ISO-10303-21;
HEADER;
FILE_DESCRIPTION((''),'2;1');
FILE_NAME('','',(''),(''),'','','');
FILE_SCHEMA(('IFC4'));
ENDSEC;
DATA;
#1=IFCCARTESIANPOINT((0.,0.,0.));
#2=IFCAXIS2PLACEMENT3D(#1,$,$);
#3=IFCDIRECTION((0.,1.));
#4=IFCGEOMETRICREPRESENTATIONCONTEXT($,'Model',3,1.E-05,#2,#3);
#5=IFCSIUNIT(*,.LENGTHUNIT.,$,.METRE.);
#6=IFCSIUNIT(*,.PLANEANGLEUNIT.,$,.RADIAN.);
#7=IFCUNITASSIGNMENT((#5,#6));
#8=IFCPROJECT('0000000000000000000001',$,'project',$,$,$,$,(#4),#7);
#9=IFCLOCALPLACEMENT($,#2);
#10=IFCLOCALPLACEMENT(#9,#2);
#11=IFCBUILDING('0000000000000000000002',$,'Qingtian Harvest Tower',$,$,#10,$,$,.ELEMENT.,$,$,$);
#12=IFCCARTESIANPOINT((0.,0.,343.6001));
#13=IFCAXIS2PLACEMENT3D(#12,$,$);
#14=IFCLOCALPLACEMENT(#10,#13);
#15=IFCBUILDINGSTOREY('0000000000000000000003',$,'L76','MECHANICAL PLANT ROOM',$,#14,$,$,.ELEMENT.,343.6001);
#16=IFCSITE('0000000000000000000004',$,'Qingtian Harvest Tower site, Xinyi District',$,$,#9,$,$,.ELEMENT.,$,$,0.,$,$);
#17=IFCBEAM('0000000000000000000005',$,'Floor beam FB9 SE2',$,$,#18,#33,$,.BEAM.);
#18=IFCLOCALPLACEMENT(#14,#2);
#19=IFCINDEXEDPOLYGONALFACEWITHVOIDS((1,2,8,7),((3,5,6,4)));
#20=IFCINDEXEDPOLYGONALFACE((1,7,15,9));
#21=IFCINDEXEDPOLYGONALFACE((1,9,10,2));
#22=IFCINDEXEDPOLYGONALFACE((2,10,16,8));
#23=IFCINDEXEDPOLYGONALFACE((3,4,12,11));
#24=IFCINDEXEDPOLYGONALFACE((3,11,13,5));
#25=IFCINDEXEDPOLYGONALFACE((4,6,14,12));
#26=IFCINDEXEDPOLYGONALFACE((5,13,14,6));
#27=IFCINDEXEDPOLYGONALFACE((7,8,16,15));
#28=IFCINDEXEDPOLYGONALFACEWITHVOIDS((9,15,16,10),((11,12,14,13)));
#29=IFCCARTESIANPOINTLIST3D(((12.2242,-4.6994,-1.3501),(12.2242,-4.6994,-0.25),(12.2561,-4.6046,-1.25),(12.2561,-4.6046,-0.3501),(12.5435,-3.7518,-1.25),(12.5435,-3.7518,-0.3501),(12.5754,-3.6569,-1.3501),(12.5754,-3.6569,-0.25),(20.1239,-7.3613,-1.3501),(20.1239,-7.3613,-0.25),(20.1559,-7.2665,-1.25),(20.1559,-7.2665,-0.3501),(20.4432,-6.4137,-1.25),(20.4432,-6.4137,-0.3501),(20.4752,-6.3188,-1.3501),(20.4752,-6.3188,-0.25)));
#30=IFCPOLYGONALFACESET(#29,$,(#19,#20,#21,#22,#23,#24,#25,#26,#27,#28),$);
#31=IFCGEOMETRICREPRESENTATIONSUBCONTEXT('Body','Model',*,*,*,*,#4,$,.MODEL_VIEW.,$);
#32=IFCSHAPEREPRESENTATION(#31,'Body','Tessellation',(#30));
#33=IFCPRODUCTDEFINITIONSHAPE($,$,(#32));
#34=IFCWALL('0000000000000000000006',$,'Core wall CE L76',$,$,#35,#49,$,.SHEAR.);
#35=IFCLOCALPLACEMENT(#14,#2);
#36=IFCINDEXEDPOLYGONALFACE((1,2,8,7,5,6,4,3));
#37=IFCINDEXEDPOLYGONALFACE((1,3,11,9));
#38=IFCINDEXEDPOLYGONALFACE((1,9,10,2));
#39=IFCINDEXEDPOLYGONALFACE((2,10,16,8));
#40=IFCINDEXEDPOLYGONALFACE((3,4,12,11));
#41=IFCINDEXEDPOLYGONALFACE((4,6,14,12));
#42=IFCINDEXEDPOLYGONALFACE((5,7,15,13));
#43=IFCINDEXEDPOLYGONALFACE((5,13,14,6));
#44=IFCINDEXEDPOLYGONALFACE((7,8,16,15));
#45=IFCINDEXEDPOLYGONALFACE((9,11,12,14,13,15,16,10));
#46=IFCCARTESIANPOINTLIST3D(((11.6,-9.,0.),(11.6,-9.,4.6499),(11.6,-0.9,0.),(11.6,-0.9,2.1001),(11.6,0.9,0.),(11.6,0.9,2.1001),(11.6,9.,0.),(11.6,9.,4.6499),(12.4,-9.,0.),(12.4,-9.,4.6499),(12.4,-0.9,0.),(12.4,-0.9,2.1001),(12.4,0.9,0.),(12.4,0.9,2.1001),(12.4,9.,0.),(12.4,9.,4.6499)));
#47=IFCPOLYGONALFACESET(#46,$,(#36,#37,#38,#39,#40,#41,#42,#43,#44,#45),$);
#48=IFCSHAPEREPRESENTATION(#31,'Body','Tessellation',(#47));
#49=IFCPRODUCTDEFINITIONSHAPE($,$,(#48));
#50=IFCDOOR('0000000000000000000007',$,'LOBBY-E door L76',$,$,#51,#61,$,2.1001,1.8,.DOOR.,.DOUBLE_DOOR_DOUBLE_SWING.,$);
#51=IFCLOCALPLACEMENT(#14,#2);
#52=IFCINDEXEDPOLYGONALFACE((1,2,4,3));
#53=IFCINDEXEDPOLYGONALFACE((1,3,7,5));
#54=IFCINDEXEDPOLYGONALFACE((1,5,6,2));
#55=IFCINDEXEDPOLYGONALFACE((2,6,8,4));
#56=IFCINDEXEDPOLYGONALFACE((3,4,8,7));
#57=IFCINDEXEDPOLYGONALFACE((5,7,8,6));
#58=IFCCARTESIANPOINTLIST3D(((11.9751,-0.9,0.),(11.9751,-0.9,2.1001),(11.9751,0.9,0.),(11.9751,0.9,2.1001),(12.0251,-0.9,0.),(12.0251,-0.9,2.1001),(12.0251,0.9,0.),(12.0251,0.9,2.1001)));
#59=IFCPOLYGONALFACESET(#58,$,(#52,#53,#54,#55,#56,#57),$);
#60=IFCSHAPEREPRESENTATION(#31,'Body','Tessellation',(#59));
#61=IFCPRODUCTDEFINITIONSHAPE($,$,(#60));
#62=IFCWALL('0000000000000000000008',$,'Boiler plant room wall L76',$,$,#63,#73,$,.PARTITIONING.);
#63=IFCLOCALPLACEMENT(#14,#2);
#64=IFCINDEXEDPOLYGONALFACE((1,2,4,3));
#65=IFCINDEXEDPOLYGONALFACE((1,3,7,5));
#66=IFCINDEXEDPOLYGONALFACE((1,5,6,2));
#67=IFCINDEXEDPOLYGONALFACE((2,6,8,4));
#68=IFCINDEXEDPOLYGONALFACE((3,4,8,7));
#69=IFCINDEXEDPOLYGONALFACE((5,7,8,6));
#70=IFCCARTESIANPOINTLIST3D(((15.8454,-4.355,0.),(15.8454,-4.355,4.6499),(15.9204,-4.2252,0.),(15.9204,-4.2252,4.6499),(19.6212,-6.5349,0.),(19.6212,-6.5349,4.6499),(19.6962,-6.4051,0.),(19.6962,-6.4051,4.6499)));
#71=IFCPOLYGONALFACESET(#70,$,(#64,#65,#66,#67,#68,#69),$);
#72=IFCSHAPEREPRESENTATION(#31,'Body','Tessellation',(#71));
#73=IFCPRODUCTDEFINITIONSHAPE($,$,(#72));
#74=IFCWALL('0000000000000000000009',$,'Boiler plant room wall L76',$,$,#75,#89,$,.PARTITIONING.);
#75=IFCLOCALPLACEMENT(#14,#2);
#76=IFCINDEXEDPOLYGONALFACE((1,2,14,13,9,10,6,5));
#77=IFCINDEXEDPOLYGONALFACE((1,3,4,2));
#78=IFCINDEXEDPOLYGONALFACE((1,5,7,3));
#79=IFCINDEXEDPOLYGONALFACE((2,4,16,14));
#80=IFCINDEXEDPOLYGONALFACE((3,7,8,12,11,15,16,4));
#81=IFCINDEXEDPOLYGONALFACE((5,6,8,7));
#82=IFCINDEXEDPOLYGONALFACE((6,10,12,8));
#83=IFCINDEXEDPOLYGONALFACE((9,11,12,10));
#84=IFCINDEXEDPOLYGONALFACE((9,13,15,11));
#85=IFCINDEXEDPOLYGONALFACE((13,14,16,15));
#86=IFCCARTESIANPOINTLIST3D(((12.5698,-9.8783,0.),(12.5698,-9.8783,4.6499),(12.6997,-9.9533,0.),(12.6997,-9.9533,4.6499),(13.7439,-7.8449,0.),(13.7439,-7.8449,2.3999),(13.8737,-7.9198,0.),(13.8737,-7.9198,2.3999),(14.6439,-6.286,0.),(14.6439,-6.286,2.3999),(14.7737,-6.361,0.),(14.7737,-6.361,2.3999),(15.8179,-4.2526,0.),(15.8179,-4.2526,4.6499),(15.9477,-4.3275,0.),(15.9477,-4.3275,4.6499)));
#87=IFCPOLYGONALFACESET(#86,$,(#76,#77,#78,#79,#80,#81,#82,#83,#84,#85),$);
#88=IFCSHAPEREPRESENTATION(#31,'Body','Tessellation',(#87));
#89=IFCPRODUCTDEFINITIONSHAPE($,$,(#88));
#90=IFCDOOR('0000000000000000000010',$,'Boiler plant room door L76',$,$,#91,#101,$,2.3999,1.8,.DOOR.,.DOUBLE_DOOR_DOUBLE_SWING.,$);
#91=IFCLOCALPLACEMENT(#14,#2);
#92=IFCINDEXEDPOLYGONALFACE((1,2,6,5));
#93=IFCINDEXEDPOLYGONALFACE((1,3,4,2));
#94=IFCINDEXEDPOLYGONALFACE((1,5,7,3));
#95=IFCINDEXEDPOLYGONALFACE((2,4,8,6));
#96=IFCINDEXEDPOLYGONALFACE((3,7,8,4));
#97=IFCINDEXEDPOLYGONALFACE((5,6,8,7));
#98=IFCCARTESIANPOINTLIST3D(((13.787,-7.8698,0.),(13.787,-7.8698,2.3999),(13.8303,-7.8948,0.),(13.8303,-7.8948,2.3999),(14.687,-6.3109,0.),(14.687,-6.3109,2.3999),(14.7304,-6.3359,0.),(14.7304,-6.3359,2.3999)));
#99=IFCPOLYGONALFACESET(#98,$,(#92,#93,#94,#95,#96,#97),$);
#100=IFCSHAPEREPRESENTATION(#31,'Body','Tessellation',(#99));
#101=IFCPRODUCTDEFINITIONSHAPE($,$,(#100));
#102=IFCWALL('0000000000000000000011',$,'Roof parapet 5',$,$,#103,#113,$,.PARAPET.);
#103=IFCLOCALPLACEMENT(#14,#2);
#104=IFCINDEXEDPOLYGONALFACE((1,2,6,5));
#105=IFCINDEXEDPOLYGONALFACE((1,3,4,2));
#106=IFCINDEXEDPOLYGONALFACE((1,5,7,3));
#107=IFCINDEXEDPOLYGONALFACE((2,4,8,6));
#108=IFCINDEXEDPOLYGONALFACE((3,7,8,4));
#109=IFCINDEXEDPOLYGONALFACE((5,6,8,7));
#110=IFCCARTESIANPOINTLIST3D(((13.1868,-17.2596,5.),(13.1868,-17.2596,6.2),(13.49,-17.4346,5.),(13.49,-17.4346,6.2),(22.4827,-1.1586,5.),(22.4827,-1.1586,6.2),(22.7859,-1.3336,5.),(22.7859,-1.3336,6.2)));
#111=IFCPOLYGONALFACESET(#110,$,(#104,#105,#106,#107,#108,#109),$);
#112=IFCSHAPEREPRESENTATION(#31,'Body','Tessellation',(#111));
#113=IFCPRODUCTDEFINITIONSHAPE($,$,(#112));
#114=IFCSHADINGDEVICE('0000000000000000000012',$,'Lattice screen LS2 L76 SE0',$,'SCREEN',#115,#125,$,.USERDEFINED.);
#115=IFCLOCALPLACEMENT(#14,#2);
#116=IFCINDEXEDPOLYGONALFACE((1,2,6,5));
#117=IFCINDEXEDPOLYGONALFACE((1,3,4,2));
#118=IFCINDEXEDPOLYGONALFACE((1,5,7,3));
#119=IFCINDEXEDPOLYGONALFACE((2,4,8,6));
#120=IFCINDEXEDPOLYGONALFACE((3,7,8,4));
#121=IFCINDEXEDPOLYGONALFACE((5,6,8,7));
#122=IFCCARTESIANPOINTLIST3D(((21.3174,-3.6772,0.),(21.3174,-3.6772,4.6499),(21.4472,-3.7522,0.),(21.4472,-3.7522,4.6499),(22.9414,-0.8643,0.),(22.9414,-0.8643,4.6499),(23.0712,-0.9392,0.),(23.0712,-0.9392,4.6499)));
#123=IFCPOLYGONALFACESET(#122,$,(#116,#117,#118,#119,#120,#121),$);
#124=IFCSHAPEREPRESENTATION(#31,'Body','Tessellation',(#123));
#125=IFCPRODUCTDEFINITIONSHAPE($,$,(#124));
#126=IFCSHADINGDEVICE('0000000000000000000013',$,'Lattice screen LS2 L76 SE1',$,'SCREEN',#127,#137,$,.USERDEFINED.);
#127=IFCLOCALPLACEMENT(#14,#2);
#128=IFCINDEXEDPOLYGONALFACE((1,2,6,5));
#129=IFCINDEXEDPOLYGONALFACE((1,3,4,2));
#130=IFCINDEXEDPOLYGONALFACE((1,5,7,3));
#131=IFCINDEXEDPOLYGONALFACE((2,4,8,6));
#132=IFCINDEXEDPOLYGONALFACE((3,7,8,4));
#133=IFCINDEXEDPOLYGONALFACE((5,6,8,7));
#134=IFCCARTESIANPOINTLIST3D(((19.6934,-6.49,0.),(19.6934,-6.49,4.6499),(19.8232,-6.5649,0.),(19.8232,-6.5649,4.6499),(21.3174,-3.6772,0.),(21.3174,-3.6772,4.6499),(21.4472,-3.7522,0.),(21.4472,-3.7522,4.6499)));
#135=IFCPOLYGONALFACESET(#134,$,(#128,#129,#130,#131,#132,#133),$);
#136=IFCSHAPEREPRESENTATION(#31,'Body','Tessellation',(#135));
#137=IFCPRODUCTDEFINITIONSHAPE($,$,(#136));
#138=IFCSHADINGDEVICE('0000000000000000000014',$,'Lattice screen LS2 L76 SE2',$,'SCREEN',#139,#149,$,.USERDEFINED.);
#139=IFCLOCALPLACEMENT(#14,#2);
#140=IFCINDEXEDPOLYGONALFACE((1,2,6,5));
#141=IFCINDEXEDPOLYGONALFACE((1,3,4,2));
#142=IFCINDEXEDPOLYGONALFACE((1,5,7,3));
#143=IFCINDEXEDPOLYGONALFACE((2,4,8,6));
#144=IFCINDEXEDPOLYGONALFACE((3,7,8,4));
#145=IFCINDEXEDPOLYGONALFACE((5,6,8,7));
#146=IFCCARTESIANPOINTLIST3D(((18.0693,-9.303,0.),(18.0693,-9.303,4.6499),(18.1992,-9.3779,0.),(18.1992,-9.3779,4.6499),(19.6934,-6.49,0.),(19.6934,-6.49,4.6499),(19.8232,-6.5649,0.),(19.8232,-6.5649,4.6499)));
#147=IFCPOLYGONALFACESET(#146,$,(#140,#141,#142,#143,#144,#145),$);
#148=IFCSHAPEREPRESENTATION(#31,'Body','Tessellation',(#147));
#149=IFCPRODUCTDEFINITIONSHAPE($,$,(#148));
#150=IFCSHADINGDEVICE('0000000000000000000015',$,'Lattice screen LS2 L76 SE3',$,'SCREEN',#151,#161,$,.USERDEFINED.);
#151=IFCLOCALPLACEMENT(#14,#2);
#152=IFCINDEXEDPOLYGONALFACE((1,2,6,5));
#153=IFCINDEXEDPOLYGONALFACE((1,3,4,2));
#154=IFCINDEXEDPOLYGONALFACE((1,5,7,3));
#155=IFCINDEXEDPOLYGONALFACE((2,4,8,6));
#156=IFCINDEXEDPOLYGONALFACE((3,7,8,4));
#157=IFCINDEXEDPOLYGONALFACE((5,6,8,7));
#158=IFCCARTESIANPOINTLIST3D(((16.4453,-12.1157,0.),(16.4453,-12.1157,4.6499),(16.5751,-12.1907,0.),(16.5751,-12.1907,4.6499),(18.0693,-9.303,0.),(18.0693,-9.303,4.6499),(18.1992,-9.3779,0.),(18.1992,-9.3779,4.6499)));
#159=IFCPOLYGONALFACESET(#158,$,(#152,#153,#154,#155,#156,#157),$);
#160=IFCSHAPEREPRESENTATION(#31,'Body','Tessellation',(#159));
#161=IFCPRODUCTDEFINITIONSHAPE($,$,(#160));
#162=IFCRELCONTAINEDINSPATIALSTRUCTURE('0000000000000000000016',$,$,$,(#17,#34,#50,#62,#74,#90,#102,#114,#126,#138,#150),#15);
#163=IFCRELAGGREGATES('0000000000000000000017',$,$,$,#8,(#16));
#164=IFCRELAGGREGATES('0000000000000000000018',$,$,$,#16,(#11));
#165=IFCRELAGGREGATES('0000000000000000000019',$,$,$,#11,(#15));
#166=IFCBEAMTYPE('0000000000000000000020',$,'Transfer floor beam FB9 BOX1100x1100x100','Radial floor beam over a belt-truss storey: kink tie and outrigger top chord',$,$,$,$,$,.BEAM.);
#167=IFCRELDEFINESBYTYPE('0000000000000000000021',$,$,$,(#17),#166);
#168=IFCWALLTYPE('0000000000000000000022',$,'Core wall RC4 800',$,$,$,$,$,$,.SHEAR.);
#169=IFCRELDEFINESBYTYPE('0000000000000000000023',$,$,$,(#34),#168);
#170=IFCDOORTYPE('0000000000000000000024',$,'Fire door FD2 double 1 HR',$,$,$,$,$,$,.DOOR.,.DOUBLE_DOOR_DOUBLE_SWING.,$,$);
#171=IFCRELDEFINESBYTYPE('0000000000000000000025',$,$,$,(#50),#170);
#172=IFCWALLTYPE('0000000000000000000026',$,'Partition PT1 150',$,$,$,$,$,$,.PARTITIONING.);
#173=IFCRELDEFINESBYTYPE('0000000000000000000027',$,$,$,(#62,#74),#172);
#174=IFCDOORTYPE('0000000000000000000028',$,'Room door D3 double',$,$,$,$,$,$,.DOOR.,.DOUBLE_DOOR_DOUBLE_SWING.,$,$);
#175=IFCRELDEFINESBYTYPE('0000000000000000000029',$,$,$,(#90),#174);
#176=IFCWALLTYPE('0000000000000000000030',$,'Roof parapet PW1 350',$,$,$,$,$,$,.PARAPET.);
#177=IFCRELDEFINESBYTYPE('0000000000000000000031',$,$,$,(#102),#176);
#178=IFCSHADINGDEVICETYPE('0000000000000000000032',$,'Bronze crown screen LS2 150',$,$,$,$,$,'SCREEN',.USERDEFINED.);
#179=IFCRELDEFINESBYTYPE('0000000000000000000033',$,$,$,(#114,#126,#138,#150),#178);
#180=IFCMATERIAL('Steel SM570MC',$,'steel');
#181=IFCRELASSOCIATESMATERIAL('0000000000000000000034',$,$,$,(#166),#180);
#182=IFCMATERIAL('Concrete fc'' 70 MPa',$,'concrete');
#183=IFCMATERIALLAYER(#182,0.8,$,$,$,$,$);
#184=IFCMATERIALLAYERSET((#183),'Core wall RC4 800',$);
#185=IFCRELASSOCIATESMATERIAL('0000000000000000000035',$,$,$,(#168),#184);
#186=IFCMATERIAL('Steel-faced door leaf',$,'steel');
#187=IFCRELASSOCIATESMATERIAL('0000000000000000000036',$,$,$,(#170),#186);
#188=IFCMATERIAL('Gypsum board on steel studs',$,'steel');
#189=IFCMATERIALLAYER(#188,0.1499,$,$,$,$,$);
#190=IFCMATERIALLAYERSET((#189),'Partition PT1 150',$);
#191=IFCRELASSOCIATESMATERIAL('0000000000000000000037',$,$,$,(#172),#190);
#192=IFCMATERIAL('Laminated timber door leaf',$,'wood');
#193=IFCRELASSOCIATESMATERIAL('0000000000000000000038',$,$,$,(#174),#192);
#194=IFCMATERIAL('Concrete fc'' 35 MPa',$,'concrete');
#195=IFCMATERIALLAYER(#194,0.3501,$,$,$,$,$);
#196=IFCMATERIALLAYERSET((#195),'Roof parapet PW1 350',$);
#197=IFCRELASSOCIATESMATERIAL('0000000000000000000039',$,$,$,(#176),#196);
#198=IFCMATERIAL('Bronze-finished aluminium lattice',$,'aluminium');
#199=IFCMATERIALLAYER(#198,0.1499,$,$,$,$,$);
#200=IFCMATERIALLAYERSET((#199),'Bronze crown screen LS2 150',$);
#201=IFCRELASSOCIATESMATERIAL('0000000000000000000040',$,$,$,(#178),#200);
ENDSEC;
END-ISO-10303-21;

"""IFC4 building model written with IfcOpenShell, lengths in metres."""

from ifc_helpers import new_model, si_unit, direction, frame, frame_2d, origin, origin_2d, place, context, subcontext, project, spatial, polyline, rectangle, hollow_rectangle, outline, extrude, material, layer, layer_set, material_profile, profile_set, type_object, element, fill, save


model = new_model("IFC4")

# Units and contexts
model_context = context("Model", 3, precision=1e-05, world=origin(), true_north=direction((0.0, 1.0)))
body_context = subcontext(model_context, "Body", "Model", "MODEL_VIEW")
ifc_project = project(units=[si_unit("LENGTHUNIT", "METRE"), si_unit("PLANEANGLEUNIT", "RADIAN")], contexts=[model_context])

# Site, building, storey
site_placement = place(None, origin())
site = spatial("IfcSite", under=ifc_project, at=site_placement, Name="Qingtian Harvest Tower site, Xinyi District", CompositionType="ELEMENT", RefElevation=0.0)
building_placement = place(site_placement, origin())
building = spatial("IfcBuilding", under=site, at=building_placement, Name="Qingtian Harvest Tower", CompositionType="ELEMENT")
storey_placement = place(building_placement, frame((0.0, 0.0, 343.6001)))
storey = spatial("IfcBuildingStorey", under=building, at=storey_placement, Name="L76", Description="MECHANICAL PLANT ROOM", CompositionType="ELEMENT", Elevation=343.6001)

# Beam
ifc_material_1 = material(Name="Steel SM570MC", Category="steel")
ifc_material_profile_1 = material_profile(ifc_material_1, hollow_rectangle(XDim=1.1001, YDim=1.1001, WallThickness=0.1001, at=origin_2d()), Name="BOX1100x1100x100")
ifc_profile_set_1 = profile_set([ifc_material_profile_1], Name="Steel SM570MC")
beam_type_1 = type_object("IfcBeamType", Name="Transfer floor beam FB9 BOX1100x1100x100", Description="Radial floor beam over a belt-truss storey: kink tie and outrigger top chord", PredefinedType="BEAM", material=ifc_profile_set_1)
beam_1_placement = place(storey_placement, frame((20.2996, -6.8401, -0.8), z_axis=(-0.947647, 0.319319, 0.0), x_axis=(-0.319319, -0.947647, 0.0)))
element("IfcBeam", 1, at=beam_1_placement, inside=storey, type_object=beam_type_1, Name="Floor beam FB9 SE2", PredefinedType="BEAM", context=body_context, shape_type="SweptSolid", body=[
    extrude(hollow_rectangle(XDim=1.1001, YDim=1.1001, WallThickness=0.1001, at=origin_2d()), origin(), (0.0, 0.0, 1.0), 8.3362),
])

# Wall, opening, door
ifc_material_2 = material(Name="Concrete fc' 70 MPa", Category="concrete")
ifc_layer_1 = layer(ifc_material_2, 0.8)
ifc_layer_set_1 = layer_set([ifc_layer_1], Name="Core wall RC4 800")
wall_type_1 = type_object("IfcWallType", Name="Core wall RC4 800", PredefinedType="SHEAR", material=ifc_layer_set_1)
wall_1_placement = place(storey_placement, frame((12.0, -9.0, 0.0), z_axis=(0.0, 0.0, 1.0), x_axis=(0.0, 1.0, 0.0)))
wall_1 = element("IfcWall", 2, at=wall_1_placement, inside=storey, type_object=wall_type_1, Name="Core wall CE L76", PredefinedType="SHEAR", context=body_context, shape_type="SweptSolid", body=[
    extrude(rectangle(XDim=18.0, YDim=0.8, at=frame_2d((9.0, 0.0))), origin(), (0.0, 0.0, 1.0), 4.6499),
])
opening_1_placement = place(wall_1_placement, frame((8.1001, 0.0, 0.0)))
opening_1 = element("IfcOpeningElement", 3, at=opening_1_placement, cuts=wall_1, PredefinedType="OPENING", context=body_context, shape_type="SweptSolid", body=[
    extrude(rectangle(XDim=1.8, YDim=2.1001, at=frame_2d((0.8999, 1.05))), frame((0.0, 0.4099, 0.0), z_axis=(0.0, -1.0, 0.0), x_axis=(1.0, 0.0, 0.0)), (0.0, 0.0, 1.0), 0.8201),
])
ifc_material_3 = material(Name="Steel-faced door leaf", Category="steel")
door_type_1 = type_object("IfcDoorType", Name="Fire door FD2 double 1 HR", OperationType="DOUBLE_DOOR_DOUBLE_SWING", PredefinedType="DOOR", material=ifc_material_3)
door_1_placement = place(opening_1_placement, origin())
door_1 = element("IfcDoor", 4, at=door_1_placement, inside=storey, type_object=door_type_1, Name="LOBBY-E door L76", OperationType="DOUBLE_DOOR_DOUBLE_SWING", OverallHeight=2.1001, OverallWidth=1.8, PredefinedType="DOOR", context=body_context, shape_type="SweptSolid", body=[
    extrude(rectangle(XDim=1.8, YDim=2.1001, at=frame_2d((0.8999, 1.05))), frame((0.0, 0.0249, 0.0), z_axis=(0.0, -1.0, 0.0), x_axis=(1.0, 0.0, 0.0)), (0.0, 0.0, 1.0), 0.05),
])
fill(opening_1, door_1)

# Wall
ifc_material_4 = material(Name="Gypsum board on steel studs", Category="steel")
ifc_layer_2 = layer(ifc_material_4, 0.1499)
ifc_layer_set_2 = layer_set([ifc_layer_2], Name="Partition PT1 150")
wall_type_2 = type_object("IfcWallType", Name="Partition PT1 150", PredefinedType="PARTITIONING", material=ifc_layer_set_2)
wall_2_placement = place(storey_placement, frame((19.6587, -6.47, 0.0), z_axis=(0.0, 0.0, 1.0), x_axis=(-0.866033, 0.499987, 0.0)))
element("IfcWall", 5, at=wall_2_placement, inside=storey, type_object=wall_type_2, Name="Boiler plant room wall L76", PredefinedType="PARTITIONING", context=body_context, shape_type="SweptSolid", body=[
    extrude(rectangle(XDim=4.3599, YDim=0.1499, at=frame_2d((2.1799, 0.0))), origin(), (0.0, 0.0, 1.0), 4.6499),
])

# Wall, opening, door
wall_3_placement = place(storey_placement, frame((15.8828, -4.29, 0.0), z_axis=(0.0, 0.0, 1.0), x_axis=(-0.500003, -0.866023, 0.0)))
wall_3 = element("IfcWall", 6, at=wall_3_placement, inside=storey, type_object=wall_type_2, Name="Boiler plant room wall L76", PredefinedType="PARTITIONING", context=body_context, shape_type="SweptSolid", body=[
    extrude(rectangle(XDim=6.4961, YDim=0.1499, at=frame_2d((3.248, 0.0))), origin(), (0.0, 0.0, 1.0), 4.6499),
])
opening_2_placement = place(wall_3_placement, frame((2.3481, 0.0, 0.0)))
opening_2 = element("IfcOpeningElement", 7, at=opening_2_placement, cuts=wall_3, PredefinedType="OPENING", context=body_context, shape_type="SweptSolid", body=[
    extrude(rectangle(XDim=1.8, YDim=2.3999, at=frame_2d((0.8999, 1.2))), frame((0.0, 0.085, 0.0), z_axis=(0.0, -1.0, 0.0), x_axis=(1.0, 0.0, 0.0)), (0.0, 0.0, 1.0), 0.1699),
])
ifc_material_5 = material(Name="Laminated timber door leaf", Category="wood")
door_type_2 = type_object("IfcDoorType", Name="Room door D3 double", OperationType="DOUBLE_DOOR_DOUBLE_SWING", PredefinedType="DOOR", material=ifc_material_5)
door_2_placement = place(opening_2_placement, origin())
door_2 = element("IfcDoor", 8, at=door_2_placement, inside=storey, type_object=door_type_2, Name="Boiler plant room door L76", OperationType="DOUBLE_DOOR_DOUBLE_SWING", OverallHeight=2.3999, OverallWidth=1.8, PredefinedType="DOOR", context=body_context, shape_type="SweptSolid", body=[
    extrude(rectangle(XDim=1.8, YDim=2.3999, at=frame_2d((0.8999, 1.2))), frame((0.0, 0.0249, 0.0), z_axis=(0.0, -1.0, 0.0), x_axis=(1.0, 0.0, 0.0)), (0.0, 0.0, 1.0), 0.05),
])
fill(opening_2, door_2)

# Wall
ifc_material_6 = material(Name="Concrete fc' 35 MPa", Category="concrete")
ifc_layer_3 = layer(ifc_material_6, 0.3501)
ifc_layer_set_3 = layer_set([ifc_layer_3], Name="Roof parapet PW1 350")
wall_type_3 = type_object("IfcWallType", Name="Roof parapet PW1 350", PredefinedType="PARAPET", material=ifc_layer_set_3)
wall_4_placement = place(storey_placement, frame((22.6343, -1.2461, 5.0), z_axis=(0.0, 0.0, 1.0), x_axis=(-0.499998, -0.866027, 0.0)))
element("IfcWall", 9, at=wall_4_placement, inside=storey, type_object=wall_type_3, Name="Roof parapet 5", PredefinedType="PARAPET", context=body_context, shape_type="SweptSolid", body=[
    extrude(rectangle(XDim=18.5918, YDim=0.3501, at=frame_2d((9.2959, 0.0))), origin(), (0.0, 0.0, 1.0), 1.2),
])

# Shading devices
ifc_material_7 = material(Name="Bronze-finished aluminium lattice", Category="aluminium")
ifc_layer_4 = layer(ifc_material_7, 0.1499)
ifc_layer_set_4 = layer_set([ifc_layer_4], Name="Bronze crown screen LS2 150")
shading_device_type = type_object("IfcShadingDeviceType", Name="Bronze crown screen LS2 150", ElementType="SCREEN", PredefinedType="USERDEFINED", material=ifc_layer_set_4)
shading_device_1_placement = place(storey_placement, frame((22.9414, -0.8643, 0.0), z_axis=(-0.866033, 0.499987, 0.0), x_axis=(-0.499987, -0.866033, 0.0)))
element("IfcShadingDevice", 10, at=shading_device_1_placement, inside=storey, type_object=shading_device_type, Name="Lattice screen LS2 L76 SE0", ObjectType="SCREEN", PredefinedType="USERDEFINED", context=body_context, shape_type="SweptSolid", body=[
    extrude(outline(polyline([(0.0, 0.0), (3.2481, 0.0), (3.2481, 4.6499), (0.0, 4.6499), (0.0, 0.0)])), origin(), (0.0, 0.0, -1.0), 0.1499),
])
shading_device_2_placement = place(storey_placement, frame((21.3174, -3.6772, 0.0), z_axis=(-0.866014, 0.50002, 0.0), x_axis=(-0.50002, -0.866014, 0.0)))
element("IfcShadingDevice", 11, at=shading_device_2_placement, inside=storey, type_object=shading_device_type, Name="Lattice screen LS2 L76 SE1", ObjectType="SCREEN", PredefinedType="USERDEFINED", context=body_context, shape_type="SweptSolid", body=[
    extrude(outline(polyline([(0.0, 0.0), (3.2479, 0.0), (3.2479, 4.6499), (0.0, 4.6499), (0.0, 0.0)])), origin(), (0.0, 0.0, -1.0), 0.1499),
])
shading_device_3_placement = place(storey_placement, frame((19.6934, -6.49, 0.0), z_axis=(-0.866033, 0.499987, 0.0), x_axis=(-0.499987, -0.866033, 0.0)))
element("IfcShadingDevice", 12, at=shading_device_3_placement, inside=storey, type_object=shading_device_type, Name="Lattice screen LS2 L76 SE2", ObjectType="SCREEN", PredefinedType="USERDEFINED", context=body_context, shape_type="SweptSolid", body=[
    extrude(outline(polyline([(0.0, 0.0), (3.2481, 0.0), (3.2481, 4.6499), (0.0, 4.6499), (0.0, 0.0)])), origin(), (0.0, 0.0, -1.0), 0.1499),
])
shading_device_4_placement = place(storey_placement, frame((18.0693, -9.303, 0.0), z_axis=(-0.866014, 0.50002, 0.0), x_axis=(-0.50002, -0.866014, 0.0)))
element("IfcShadingDevice", 13, at=shading_device_4_placement, inside=storey, type_object=shading_device_type, Name="Lattice screen LS2 L76 SE3", ObjectType="SCREEN", PredefinedType="USERDEFINED", context=body_context, shape_type="SweptSolid", body=[
    extrude(outline(polyline([(0.0, 0.0), (3.2479, 0.0), (3.2479, 4.6499), (0.0, 4.6499), (0.0, 0.0)])), origin(), (0.0, 0.0, -1.0), 0.1499),
])

save(model, "model.ifc")
